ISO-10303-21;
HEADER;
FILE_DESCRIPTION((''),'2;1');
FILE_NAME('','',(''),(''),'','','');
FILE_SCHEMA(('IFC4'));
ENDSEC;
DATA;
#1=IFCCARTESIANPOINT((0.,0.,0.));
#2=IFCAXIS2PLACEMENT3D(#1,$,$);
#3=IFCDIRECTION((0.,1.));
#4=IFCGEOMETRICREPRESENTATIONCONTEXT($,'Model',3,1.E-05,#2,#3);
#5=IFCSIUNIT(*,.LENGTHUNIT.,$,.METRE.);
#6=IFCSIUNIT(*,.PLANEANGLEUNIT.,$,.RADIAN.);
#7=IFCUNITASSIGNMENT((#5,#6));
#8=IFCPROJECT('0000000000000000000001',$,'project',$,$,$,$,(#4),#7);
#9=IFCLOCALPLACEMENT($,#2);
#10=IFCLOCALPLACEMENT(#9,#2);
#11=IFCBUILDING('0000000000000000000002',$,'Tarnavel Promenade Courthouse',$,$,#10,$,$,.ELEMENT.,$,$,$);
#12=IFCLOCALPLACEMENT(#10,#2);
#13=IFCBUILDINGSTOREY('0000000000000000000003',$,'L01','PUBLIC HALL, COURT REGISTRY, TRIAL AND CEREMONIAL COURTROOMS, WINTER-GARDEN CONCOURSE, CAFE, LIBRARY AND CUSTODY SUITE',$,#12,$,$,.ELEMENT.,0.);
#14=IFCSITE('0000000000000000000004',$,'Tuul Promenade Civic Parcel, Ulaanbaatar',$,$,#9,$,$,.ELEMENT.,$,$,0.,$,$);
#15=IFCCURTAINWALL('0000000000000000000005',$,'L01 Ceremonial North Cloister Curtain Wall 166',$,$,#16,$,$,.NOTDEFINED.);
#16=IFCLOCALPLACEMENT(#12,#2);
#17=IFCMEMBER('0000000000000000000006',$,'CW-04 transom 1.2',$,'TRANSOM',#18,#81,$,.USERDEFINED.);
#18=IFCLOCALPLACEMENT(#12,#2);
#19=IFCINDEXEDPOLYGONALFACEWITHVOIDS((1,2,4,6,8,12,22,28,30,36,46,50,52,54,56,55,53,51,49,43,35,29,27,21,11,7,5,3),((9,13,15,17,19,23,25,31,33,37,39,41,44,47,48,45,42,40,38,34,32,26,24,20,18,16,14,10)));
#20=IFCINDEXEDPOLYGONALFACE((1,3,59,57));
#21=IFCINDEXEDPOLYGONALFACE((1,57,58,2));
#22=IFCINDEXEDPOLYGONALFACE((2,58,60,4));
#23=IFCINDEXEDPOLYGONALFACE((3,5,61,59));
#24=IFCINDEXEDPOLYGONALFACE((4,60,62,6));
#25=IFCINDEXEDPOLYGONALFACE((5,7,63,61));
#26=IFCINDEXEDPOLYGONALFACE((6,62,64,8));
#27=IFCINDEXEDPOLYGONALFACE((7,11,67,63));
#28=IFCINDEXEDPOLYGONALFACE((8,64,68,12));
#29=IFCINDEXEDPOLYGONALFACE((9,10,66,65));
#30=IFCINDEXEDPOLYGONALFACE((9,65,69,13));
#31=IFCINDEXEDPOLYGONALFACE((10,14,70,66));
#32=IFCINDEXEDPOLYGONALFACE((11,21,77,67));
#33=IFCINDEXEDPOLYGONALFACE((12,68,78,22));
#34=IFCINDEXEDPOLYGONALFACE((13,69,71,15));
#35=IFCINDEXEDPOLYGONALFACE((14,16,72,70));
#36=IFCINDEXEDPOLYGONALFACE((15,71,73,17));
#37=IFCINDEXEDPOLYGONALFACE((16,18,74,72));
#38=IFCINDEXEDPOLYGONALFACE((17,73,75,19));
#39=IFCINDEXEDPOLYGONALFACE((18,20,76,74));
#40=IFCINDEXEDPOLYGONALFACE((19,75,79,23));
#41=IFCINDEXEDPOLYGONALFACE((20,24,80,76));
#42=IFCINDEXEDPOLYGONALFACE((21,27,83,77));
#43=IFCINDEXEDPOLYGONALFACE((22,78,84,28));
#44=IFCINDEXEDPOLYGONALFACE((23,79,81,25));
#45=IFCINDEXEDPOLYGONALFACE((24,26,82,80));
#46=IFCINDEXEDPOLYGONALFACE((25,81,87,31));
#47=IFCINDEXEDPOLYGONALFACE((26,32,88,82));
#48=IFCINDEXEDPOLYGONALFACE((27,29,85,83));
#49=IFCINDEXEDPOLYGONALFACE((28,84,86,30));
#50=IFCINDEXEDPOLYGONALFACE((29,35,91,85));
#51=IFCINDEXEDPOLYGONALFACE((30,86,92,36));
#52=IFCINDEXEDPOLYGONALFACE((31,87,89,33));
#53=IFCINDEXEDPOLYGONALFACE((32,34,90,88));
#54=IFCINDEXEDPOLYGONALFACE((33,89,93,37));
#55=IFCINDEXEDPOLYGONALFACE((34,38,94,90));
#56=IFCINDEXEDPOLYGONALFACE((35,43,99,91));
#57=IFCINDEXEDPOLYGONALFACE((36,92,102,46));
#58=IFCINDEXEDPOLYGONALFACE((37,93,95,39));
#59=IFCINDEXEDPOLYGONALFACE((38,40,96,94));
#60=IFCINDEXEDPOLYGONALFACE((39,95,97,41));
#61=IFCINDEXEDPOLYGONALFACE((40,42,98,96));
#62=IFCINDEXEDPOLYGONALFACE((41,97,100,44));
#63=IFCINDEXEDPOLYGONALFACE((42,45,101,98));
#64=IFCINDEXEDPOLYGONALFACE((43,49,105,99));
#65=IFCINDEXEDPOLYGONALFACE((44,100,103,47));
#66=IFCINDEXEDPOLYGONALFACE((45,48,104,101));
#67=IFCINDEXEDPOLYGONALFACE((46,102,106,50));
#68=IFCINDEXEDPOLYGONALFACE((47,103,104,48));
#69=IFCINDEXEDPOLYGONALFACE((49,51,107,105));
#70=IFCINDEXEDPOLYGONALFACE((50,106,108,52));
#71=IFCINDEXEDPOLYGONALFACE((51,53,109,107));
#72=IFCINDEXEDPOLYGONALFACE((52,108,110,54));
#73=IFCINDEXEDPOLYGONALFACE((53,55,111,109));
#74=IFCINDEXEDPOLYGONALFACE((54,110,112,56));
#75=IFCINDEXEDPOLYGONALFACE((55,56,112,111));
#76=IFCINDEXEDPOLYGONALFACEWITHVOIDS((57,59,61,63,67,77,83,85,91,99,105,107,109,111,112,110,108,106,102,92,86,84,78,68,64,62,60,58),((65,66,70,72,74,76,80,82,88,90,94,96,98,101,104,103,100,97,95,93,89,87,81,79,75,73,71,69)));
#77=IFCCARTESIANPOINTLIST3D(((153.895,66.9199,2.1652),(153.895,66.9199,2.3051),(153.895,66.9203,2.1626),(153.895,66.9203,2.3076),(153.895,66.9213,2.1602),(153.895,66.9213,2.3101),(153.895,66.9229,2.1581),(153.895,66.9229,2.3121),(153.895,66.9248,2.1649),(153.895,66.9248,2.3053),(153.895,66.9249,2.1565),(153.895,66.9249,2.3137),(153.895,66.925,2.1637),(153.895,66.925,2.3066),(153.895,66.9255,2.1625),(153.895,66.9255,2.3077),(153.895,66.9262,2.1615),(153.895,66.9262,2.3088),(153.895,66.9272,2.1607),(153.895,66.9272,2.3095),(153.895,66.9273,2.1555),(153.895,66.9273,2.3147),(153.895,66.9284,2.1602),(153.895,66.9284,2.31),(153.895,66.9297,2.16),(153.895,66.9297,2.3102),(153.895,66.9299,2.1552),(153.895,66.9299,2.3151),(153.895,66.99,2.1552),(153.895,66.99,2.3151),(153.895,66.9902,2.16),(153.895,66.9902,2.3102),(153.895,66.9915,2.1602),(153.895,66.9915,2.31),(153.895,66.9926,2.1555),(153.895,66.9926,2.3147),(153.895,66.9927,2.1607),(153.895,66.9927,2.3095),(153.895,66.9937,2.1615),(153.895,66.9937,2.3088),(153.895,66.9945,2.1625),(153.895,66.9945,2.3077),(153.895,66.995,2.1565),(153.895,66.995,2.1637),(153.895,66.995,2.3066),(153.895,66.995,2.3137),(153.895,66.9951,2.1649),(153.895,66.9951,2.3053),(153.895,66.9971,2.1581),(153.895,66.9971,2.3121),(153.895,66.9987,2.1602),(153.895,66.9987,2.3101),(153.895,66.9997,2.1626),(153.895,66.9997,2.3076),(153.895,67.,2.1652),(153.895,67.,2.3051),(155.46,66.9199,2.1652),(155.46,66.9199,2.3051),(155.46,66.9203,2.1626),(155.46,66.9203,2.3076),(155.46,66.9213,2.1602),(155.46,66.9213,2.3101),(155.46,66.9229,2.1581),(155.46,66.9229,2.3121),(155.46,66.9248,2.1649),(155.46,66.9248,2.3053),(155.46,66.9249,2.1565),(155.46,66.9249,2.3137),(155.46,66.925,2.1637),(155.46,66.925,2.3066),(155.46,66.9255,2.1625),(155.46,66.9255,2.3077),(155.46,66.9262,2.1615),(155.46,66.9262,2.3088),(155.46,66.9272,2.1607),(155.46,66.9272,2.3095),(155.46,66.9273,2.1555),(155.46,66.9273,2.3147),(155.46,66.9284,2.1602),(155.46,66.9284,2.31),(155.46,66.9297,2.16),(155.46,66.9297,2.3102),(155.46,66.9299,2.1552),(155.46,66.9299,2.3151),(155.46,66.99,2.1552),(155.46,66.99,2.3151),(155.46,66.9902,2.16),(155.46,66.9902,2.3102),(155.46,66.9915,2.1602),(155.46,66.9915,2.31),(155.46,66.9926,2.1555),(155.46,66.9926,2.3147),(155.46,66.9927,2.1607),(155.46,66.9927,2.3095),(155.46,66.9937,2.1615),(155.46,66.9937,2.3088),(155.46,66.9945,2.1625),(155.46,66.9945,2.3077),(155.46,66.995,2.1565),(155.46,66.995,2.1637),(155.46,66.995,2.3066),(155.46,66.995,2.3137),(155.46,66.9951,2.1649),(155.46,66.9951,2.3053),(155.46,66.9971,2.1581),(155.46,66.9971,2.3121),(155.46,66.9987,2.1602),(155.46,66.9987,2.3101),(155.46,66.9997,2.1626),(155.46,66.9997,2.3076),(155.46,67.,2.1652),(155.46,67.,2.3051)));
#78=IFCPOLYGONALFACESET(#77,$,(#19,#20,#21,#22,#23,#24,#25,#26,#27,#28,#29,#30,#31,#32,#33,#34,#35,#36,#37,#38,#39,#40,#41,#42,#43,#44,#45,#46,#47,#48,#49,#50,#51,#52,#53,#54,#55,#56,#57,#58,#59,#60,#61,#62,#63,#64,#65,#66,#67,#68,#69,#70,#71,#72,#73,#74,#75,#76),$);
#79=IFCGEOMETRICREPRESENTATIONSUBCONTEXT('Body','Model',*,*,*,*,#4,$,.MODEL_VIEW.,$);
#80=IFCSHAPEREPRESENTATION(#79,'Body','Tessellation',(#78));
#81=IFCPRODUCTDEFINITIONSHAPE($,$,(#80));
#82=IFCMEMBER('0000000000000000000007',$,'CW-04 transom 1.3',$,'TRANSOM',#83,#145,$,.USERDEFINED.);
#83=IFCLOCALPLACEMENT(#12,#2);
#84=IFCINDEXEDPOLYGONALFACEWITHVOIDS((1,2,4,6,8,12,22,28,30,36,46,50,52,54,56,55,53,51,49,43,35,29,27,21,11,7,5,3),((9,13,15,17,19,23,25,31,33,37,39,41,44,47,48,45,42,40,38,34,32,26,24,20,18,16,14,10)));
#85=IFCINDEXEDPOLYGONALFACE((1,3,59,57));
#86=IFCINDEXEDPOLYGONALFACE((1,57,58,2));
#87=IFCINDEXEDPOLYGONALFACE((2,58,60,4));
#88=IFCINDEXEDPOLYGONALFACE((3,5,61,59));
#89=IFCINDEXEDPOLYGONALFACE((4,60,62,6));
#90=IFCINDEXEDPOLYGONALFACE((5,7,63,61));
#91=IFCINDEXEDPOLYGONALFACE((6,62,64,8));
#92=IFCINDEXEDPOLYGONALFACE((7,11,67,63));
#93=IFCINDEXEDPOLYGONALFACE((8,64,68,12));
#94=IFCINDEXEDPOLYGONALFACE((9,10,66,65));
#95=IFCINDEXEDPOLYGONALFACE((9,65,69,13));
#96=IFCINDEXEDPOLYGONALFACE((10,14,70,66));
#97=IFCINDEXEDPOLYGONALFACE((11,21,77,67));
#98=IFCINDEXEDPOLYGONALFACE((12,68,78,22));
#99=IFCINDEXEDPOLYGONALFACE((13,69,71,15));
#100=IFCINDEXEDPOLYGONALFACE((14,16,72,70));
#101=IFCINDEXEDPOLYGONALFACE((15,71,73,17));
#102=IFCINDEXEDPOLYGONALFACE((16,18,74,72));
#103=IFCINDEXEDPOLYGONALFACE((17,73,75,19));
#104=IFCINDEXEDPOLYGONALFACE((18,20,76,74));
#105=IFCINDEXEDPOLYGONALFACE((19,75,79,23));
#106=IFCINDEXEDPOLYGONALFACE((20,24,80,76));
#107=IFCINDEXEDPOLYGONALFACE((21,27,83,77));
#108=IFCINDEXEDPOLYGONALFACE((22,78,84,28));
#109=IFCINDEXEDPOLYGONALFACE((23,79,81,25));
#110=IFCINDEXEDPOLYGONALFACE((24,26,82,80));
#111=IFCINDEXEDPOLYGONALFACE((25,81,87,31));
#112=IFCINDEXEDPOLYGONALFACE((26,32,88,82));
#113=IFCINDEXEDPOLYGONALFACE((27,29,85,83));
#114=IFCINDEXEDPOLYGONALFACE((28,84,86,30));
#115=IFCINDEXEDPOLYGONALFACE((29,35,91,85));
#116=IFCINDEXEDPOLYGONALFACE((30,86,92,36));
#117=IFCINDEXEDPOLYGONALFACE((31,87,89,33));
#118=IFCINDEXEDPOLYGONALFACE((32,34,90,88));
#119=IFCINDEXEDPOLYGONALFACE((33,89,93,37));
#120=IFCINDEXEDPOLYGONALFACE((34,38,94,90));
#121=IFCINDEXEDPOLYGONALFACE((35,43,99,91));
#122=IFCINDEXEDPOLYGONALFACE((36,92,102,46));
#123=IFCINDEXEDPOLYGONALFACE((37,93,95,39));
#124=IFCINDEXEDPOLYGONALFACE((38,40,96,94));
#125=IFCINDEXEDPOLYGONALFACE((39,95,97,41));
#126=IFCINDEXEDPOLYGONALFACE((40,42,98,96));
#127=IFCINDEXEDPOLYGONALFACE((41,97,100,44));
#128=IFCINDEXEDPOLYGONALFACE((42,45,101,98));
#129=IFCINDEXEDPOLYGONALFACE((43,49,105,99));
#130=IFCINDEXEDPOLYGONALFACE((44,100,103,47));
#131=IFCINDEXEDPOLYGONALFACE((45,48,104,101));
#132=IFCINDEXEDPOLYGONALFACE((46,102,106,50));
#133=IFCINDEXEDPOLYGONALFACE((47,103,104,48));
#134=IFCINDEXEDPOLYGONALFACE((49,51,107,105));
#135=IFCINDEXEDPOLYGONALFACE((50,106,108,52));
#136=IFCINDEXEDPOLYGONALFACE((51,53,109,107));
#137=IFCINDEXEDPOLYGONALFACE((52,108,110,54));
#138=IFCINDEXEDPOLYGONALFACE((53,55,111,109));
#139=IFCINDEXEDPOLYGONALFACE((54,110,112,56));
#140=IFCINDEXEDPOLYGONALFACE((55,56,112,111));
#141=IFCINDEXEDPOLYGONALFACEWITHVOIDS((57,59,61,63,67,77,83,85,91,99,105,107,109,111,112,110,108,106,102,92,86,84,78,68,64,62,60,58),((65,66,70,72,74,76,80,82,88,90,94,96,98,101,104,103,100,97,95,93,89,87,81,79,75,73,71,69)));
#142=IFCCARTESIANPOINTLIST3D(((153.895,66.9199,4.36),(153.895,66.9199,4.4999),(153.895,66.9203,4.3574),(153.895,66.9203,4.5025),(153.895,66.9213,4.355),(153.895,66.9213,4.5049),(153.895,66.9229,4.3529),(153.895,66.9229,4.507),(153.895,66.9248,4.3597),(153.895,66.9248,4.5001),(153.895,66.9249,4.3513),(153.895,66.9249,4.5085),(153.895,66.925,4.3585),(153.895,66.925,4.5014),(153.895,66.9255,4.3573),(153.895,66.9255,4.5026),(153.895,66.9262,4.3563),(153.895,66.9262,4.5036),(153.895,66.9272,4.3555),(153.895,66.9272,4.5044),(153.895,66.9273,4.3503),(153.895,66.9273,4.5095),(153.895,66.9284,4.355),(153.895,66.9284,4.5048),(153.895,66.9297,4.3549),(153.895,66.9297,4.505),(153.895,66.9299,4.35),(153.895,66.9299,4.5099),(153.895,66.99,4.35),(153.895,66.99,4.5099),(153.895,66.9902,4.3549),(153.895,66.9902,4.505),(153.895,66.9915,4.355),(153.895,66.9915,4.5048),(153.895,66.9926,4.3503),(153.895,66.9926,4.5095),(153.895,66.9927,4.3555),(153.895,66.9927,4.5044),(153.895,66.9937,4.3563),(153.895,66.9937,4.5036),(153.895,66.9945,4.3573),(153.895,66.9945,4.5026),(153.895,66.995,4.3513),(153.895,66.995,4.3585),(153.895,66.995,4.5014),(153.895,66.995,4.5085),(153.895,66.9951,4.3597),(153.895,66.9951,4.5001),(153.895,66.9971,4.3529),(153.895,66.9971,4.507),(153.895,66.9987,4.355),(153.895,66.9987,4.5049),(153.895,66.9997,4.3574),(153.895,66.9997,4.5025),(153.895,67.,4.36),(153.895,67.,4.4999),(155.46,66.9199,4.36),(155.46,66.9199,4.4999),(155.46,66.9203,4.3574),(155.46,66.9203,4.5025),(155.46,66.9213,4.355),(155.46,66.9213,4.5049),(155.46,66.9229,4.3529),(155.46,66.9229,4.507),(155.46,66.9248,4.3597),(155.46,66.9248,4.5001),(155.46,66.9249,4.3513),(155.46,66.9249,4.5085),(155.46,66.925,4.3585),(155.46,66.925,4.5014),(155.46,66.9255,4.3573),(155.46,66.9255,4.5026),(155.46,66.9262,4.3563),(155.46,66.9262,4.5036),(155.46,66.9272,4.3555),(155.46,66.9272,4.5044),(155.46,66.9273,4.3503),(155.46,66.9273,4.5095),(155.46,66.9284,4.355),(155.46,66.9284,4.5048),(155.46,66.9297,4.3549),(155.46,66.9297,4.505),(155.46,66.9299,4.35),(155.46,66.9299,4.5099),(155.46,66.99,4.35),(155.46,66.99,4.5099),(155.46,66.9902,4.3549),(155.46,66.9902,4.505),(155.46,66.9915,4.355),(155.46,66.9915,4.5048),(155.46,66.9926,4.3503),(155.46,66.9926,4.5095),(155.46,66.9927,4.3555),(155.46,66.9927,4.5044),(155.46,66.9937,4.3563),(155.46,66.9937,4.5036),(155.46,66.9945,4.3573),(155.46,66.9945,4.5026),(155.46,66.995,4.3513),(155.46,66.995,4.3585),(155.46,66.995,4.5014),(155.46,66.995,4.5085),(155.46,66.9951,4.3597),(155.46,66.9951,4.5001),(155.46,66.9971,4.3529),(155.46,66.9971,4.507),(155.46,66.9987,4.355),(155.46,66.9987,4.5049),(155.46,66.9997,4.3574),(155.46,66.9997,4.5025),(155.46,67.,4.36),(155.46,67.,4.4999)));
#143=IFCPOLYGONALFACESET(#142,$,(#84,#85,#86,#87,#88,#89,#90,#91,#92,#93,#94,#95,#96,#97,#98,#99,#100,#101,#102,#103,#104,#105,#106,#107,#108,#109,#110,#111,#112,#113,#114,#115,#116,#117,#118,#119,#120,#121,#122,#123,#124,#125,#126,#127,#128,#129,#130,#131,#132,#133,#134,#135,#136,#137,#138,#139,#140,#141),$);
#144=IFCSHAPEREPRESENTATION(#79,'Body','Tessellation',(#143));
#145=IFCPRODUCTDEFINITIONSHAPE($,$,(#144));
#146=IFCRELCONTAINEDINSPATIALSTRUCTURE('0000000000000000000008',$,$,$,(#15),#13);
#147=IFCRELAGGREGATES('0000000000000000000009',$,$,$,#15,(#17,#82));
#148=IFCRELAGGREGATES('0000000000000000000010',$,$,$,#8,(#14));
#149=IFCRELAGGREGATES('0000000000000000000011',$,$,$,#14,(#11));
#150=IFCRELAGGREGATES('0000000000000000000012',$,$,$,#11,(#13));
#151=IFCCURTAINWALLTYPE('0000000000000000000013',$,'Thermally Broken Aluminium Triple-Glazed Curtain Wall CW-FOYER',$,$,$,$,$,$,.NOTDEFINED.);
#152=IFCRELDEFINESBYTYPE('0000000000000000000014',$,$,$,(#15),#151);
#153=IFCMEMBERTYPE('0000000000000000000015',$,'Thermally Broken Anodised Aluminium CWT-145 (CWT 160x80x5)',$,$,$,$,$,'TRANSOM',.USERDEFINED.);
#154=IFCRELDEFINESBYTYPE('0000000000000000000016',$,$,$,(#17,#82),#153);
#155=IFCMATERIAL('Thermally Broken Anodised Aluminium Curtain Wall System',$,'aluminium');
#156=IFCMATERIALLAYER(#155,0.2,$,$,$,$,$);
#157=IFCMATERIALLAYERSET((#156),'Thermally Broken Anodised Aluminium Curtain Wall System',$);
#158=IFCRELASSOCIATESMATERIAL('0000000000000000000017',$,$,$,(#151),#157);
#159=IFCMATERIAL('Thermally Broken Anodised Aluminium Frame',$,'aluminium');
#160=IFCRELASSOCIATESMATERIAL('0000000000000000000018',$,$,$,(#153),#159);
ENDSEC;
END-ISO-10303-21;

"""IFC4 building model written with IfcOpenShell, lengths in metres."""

from ifc_helpers import new_model, si_unit, direction, frame, origin, origin_2d, place, context, subcontext, project, spatial, hollow_rectangle, extrude, material, layer, layer_set, material_profile, profile_set, type_object, element, aggregate, save


model = new_model("IFC4")

# Units and contexts
model_context = context("Model", 3, precision=1e-05, world=origin(), true_north=direction((0.0, 1.0)))
body_context = subcontext(model_context, "Body", "Model", "MODEL_VIEW")
ifc_project = project(units=[si_unit("LENGTHUNIT", "METRE"), si_unit("PLANEANGLEUNIT", "RADIAN")], contexts=[model_context])

# Site, building, storey
site_placement = place(None, origin())
site = spatial("IfcSite", under=ifc_project, at=site_placement, Name="Tuul Promenade Civic Parcel, Ulaanbaatar", CompositionType="ELEMENT", RefElevation=0.0)
building_placement = place(site_placement, origin())
building = spatial("IfcBuilding", under=site, at=building_placement, Name="Tarnavel Promenade Courthouse", CompositionType="ELEMENT")
storey_placement = place(building_placement, origin())
storey = spatial("IfcBuildingStorey", under=building, at=storey_placement, Name="L01", Description="PUBLIC HALL, COURT REGISTRY, TRIAL AND CEREMONIAL COURTROOMS, WINTER-GARDEN CONCOURSE, CAFE, LIBRARY AND CUSTODY SUITE", CompositionType="ELEMENT", Elevation=0.0)

# Shared definitions
ifc_material_1 = material(Name="Thermally Broken Anodised Aluminium Curtain Wall System", Category="aluminium")
ifc_layer_1 = layer(ifc_material_1, 0.2)
ifc_layer_set_1 = layer_set([ifc_layer_1], Name="Thermally Broken Anodised Aluminium Curtain Wall System")
curtain_wall_type = type_object("IfcCurtainWallType", Name="Thermally Broken Aluminium Triple-Glazed Curtain Wall CW-FOYER", PredefinedType="NOTDEFINED", material=ifc_layer_set_1)
ifc_material_2 = material(Name="Thermally Broken Anodised Aluminium Frame", Category="aluminium")

# Curtain wall
curtain_wall_1_placement = place(storey_placement, origin())
curtain_wall_1 = element("IfcCurtainWall", 1, at=curtain_wall_1_placement, inside=storey, type_object=curtain_wall_type, Name="L01 Ceremonial North Cloister Curtain Wall 166", PredefinedType="NOTDEFINED")

# Members
ifc_material_profile_1 = material_profile(ifc_material_2, hollow_rectangle(XDim=0.0801, YDim=0.1599, WallThickness=0.0049, InnerFilletRadius=0.0049, OuterFilletRadius=0.01, at=origin_2d()), Name="CWT 160x80x5")
ifc_profile_set_1 = profile_set([ifc_material_profile_1], Name="Thermally Broken Anodised Aluminium Frame")
member_type_1 = type_object("IfcMemberType", Name="Thermally Broken Anodised Aluminium CWT-145 (CWT 160x80x5)", ElementType="TRANSOM", PredefinedType="USERDEFINED", material=ifc_profile_set_1)
member_1_placement = place(storey_placement, frame((155.46, 66.96, 2.2351), z_axis=(-1.0, 0.0, 0.0), x_axis=(0.0, -1.0, 0.0)))
member_1 = element("IfcMember", 2, at=member_1_placement, type_object=member_type_1, Name="CW-04 transom 1.2", ObjectType="TRANSOM", PredefinedType="USERDEFINED", context=body_context, shape_type="SweptSolid", body=[
    extrude(hollow_rectangle(XDim=0.0801, YDim=0.1599, WallThickness=0.0049, InnerFilletRadius=0.0049, OuterFilletRadius=0.01, at=origin_2d()), origin(), (0.0, 0.0, 1.0), 1.5649),
])
member_2_placement = place(storey_placement, frame((155.46, 66.96, 4.4299), z_axis=(-1.0, 0.0, 0.0), x_axis=(0.0, -1.0, 0.0)))
member_2 = element("IfcMember", 3, at=member_2_placement, type_object=member_type_1, Name="CW-04 transom 1.3", ObjectType="TRANSOM", PredefinedType="USERDEFINED", context=body_context, shape_type="SweptSolid", body=[
    extrude(hollow_rectangle(XDim=0.0801, YDim=0.1599, WallThickness=0.0049, InnerFilletRadius=0.0049, OuterFilletRadius=0.01, at=origin_2d()), origin(), (0.0, 0.0, 1.0), 1.5649),
])

aggregate(curtain_wall_1, [member_1, member_2])

save(model, "model.ifc")
